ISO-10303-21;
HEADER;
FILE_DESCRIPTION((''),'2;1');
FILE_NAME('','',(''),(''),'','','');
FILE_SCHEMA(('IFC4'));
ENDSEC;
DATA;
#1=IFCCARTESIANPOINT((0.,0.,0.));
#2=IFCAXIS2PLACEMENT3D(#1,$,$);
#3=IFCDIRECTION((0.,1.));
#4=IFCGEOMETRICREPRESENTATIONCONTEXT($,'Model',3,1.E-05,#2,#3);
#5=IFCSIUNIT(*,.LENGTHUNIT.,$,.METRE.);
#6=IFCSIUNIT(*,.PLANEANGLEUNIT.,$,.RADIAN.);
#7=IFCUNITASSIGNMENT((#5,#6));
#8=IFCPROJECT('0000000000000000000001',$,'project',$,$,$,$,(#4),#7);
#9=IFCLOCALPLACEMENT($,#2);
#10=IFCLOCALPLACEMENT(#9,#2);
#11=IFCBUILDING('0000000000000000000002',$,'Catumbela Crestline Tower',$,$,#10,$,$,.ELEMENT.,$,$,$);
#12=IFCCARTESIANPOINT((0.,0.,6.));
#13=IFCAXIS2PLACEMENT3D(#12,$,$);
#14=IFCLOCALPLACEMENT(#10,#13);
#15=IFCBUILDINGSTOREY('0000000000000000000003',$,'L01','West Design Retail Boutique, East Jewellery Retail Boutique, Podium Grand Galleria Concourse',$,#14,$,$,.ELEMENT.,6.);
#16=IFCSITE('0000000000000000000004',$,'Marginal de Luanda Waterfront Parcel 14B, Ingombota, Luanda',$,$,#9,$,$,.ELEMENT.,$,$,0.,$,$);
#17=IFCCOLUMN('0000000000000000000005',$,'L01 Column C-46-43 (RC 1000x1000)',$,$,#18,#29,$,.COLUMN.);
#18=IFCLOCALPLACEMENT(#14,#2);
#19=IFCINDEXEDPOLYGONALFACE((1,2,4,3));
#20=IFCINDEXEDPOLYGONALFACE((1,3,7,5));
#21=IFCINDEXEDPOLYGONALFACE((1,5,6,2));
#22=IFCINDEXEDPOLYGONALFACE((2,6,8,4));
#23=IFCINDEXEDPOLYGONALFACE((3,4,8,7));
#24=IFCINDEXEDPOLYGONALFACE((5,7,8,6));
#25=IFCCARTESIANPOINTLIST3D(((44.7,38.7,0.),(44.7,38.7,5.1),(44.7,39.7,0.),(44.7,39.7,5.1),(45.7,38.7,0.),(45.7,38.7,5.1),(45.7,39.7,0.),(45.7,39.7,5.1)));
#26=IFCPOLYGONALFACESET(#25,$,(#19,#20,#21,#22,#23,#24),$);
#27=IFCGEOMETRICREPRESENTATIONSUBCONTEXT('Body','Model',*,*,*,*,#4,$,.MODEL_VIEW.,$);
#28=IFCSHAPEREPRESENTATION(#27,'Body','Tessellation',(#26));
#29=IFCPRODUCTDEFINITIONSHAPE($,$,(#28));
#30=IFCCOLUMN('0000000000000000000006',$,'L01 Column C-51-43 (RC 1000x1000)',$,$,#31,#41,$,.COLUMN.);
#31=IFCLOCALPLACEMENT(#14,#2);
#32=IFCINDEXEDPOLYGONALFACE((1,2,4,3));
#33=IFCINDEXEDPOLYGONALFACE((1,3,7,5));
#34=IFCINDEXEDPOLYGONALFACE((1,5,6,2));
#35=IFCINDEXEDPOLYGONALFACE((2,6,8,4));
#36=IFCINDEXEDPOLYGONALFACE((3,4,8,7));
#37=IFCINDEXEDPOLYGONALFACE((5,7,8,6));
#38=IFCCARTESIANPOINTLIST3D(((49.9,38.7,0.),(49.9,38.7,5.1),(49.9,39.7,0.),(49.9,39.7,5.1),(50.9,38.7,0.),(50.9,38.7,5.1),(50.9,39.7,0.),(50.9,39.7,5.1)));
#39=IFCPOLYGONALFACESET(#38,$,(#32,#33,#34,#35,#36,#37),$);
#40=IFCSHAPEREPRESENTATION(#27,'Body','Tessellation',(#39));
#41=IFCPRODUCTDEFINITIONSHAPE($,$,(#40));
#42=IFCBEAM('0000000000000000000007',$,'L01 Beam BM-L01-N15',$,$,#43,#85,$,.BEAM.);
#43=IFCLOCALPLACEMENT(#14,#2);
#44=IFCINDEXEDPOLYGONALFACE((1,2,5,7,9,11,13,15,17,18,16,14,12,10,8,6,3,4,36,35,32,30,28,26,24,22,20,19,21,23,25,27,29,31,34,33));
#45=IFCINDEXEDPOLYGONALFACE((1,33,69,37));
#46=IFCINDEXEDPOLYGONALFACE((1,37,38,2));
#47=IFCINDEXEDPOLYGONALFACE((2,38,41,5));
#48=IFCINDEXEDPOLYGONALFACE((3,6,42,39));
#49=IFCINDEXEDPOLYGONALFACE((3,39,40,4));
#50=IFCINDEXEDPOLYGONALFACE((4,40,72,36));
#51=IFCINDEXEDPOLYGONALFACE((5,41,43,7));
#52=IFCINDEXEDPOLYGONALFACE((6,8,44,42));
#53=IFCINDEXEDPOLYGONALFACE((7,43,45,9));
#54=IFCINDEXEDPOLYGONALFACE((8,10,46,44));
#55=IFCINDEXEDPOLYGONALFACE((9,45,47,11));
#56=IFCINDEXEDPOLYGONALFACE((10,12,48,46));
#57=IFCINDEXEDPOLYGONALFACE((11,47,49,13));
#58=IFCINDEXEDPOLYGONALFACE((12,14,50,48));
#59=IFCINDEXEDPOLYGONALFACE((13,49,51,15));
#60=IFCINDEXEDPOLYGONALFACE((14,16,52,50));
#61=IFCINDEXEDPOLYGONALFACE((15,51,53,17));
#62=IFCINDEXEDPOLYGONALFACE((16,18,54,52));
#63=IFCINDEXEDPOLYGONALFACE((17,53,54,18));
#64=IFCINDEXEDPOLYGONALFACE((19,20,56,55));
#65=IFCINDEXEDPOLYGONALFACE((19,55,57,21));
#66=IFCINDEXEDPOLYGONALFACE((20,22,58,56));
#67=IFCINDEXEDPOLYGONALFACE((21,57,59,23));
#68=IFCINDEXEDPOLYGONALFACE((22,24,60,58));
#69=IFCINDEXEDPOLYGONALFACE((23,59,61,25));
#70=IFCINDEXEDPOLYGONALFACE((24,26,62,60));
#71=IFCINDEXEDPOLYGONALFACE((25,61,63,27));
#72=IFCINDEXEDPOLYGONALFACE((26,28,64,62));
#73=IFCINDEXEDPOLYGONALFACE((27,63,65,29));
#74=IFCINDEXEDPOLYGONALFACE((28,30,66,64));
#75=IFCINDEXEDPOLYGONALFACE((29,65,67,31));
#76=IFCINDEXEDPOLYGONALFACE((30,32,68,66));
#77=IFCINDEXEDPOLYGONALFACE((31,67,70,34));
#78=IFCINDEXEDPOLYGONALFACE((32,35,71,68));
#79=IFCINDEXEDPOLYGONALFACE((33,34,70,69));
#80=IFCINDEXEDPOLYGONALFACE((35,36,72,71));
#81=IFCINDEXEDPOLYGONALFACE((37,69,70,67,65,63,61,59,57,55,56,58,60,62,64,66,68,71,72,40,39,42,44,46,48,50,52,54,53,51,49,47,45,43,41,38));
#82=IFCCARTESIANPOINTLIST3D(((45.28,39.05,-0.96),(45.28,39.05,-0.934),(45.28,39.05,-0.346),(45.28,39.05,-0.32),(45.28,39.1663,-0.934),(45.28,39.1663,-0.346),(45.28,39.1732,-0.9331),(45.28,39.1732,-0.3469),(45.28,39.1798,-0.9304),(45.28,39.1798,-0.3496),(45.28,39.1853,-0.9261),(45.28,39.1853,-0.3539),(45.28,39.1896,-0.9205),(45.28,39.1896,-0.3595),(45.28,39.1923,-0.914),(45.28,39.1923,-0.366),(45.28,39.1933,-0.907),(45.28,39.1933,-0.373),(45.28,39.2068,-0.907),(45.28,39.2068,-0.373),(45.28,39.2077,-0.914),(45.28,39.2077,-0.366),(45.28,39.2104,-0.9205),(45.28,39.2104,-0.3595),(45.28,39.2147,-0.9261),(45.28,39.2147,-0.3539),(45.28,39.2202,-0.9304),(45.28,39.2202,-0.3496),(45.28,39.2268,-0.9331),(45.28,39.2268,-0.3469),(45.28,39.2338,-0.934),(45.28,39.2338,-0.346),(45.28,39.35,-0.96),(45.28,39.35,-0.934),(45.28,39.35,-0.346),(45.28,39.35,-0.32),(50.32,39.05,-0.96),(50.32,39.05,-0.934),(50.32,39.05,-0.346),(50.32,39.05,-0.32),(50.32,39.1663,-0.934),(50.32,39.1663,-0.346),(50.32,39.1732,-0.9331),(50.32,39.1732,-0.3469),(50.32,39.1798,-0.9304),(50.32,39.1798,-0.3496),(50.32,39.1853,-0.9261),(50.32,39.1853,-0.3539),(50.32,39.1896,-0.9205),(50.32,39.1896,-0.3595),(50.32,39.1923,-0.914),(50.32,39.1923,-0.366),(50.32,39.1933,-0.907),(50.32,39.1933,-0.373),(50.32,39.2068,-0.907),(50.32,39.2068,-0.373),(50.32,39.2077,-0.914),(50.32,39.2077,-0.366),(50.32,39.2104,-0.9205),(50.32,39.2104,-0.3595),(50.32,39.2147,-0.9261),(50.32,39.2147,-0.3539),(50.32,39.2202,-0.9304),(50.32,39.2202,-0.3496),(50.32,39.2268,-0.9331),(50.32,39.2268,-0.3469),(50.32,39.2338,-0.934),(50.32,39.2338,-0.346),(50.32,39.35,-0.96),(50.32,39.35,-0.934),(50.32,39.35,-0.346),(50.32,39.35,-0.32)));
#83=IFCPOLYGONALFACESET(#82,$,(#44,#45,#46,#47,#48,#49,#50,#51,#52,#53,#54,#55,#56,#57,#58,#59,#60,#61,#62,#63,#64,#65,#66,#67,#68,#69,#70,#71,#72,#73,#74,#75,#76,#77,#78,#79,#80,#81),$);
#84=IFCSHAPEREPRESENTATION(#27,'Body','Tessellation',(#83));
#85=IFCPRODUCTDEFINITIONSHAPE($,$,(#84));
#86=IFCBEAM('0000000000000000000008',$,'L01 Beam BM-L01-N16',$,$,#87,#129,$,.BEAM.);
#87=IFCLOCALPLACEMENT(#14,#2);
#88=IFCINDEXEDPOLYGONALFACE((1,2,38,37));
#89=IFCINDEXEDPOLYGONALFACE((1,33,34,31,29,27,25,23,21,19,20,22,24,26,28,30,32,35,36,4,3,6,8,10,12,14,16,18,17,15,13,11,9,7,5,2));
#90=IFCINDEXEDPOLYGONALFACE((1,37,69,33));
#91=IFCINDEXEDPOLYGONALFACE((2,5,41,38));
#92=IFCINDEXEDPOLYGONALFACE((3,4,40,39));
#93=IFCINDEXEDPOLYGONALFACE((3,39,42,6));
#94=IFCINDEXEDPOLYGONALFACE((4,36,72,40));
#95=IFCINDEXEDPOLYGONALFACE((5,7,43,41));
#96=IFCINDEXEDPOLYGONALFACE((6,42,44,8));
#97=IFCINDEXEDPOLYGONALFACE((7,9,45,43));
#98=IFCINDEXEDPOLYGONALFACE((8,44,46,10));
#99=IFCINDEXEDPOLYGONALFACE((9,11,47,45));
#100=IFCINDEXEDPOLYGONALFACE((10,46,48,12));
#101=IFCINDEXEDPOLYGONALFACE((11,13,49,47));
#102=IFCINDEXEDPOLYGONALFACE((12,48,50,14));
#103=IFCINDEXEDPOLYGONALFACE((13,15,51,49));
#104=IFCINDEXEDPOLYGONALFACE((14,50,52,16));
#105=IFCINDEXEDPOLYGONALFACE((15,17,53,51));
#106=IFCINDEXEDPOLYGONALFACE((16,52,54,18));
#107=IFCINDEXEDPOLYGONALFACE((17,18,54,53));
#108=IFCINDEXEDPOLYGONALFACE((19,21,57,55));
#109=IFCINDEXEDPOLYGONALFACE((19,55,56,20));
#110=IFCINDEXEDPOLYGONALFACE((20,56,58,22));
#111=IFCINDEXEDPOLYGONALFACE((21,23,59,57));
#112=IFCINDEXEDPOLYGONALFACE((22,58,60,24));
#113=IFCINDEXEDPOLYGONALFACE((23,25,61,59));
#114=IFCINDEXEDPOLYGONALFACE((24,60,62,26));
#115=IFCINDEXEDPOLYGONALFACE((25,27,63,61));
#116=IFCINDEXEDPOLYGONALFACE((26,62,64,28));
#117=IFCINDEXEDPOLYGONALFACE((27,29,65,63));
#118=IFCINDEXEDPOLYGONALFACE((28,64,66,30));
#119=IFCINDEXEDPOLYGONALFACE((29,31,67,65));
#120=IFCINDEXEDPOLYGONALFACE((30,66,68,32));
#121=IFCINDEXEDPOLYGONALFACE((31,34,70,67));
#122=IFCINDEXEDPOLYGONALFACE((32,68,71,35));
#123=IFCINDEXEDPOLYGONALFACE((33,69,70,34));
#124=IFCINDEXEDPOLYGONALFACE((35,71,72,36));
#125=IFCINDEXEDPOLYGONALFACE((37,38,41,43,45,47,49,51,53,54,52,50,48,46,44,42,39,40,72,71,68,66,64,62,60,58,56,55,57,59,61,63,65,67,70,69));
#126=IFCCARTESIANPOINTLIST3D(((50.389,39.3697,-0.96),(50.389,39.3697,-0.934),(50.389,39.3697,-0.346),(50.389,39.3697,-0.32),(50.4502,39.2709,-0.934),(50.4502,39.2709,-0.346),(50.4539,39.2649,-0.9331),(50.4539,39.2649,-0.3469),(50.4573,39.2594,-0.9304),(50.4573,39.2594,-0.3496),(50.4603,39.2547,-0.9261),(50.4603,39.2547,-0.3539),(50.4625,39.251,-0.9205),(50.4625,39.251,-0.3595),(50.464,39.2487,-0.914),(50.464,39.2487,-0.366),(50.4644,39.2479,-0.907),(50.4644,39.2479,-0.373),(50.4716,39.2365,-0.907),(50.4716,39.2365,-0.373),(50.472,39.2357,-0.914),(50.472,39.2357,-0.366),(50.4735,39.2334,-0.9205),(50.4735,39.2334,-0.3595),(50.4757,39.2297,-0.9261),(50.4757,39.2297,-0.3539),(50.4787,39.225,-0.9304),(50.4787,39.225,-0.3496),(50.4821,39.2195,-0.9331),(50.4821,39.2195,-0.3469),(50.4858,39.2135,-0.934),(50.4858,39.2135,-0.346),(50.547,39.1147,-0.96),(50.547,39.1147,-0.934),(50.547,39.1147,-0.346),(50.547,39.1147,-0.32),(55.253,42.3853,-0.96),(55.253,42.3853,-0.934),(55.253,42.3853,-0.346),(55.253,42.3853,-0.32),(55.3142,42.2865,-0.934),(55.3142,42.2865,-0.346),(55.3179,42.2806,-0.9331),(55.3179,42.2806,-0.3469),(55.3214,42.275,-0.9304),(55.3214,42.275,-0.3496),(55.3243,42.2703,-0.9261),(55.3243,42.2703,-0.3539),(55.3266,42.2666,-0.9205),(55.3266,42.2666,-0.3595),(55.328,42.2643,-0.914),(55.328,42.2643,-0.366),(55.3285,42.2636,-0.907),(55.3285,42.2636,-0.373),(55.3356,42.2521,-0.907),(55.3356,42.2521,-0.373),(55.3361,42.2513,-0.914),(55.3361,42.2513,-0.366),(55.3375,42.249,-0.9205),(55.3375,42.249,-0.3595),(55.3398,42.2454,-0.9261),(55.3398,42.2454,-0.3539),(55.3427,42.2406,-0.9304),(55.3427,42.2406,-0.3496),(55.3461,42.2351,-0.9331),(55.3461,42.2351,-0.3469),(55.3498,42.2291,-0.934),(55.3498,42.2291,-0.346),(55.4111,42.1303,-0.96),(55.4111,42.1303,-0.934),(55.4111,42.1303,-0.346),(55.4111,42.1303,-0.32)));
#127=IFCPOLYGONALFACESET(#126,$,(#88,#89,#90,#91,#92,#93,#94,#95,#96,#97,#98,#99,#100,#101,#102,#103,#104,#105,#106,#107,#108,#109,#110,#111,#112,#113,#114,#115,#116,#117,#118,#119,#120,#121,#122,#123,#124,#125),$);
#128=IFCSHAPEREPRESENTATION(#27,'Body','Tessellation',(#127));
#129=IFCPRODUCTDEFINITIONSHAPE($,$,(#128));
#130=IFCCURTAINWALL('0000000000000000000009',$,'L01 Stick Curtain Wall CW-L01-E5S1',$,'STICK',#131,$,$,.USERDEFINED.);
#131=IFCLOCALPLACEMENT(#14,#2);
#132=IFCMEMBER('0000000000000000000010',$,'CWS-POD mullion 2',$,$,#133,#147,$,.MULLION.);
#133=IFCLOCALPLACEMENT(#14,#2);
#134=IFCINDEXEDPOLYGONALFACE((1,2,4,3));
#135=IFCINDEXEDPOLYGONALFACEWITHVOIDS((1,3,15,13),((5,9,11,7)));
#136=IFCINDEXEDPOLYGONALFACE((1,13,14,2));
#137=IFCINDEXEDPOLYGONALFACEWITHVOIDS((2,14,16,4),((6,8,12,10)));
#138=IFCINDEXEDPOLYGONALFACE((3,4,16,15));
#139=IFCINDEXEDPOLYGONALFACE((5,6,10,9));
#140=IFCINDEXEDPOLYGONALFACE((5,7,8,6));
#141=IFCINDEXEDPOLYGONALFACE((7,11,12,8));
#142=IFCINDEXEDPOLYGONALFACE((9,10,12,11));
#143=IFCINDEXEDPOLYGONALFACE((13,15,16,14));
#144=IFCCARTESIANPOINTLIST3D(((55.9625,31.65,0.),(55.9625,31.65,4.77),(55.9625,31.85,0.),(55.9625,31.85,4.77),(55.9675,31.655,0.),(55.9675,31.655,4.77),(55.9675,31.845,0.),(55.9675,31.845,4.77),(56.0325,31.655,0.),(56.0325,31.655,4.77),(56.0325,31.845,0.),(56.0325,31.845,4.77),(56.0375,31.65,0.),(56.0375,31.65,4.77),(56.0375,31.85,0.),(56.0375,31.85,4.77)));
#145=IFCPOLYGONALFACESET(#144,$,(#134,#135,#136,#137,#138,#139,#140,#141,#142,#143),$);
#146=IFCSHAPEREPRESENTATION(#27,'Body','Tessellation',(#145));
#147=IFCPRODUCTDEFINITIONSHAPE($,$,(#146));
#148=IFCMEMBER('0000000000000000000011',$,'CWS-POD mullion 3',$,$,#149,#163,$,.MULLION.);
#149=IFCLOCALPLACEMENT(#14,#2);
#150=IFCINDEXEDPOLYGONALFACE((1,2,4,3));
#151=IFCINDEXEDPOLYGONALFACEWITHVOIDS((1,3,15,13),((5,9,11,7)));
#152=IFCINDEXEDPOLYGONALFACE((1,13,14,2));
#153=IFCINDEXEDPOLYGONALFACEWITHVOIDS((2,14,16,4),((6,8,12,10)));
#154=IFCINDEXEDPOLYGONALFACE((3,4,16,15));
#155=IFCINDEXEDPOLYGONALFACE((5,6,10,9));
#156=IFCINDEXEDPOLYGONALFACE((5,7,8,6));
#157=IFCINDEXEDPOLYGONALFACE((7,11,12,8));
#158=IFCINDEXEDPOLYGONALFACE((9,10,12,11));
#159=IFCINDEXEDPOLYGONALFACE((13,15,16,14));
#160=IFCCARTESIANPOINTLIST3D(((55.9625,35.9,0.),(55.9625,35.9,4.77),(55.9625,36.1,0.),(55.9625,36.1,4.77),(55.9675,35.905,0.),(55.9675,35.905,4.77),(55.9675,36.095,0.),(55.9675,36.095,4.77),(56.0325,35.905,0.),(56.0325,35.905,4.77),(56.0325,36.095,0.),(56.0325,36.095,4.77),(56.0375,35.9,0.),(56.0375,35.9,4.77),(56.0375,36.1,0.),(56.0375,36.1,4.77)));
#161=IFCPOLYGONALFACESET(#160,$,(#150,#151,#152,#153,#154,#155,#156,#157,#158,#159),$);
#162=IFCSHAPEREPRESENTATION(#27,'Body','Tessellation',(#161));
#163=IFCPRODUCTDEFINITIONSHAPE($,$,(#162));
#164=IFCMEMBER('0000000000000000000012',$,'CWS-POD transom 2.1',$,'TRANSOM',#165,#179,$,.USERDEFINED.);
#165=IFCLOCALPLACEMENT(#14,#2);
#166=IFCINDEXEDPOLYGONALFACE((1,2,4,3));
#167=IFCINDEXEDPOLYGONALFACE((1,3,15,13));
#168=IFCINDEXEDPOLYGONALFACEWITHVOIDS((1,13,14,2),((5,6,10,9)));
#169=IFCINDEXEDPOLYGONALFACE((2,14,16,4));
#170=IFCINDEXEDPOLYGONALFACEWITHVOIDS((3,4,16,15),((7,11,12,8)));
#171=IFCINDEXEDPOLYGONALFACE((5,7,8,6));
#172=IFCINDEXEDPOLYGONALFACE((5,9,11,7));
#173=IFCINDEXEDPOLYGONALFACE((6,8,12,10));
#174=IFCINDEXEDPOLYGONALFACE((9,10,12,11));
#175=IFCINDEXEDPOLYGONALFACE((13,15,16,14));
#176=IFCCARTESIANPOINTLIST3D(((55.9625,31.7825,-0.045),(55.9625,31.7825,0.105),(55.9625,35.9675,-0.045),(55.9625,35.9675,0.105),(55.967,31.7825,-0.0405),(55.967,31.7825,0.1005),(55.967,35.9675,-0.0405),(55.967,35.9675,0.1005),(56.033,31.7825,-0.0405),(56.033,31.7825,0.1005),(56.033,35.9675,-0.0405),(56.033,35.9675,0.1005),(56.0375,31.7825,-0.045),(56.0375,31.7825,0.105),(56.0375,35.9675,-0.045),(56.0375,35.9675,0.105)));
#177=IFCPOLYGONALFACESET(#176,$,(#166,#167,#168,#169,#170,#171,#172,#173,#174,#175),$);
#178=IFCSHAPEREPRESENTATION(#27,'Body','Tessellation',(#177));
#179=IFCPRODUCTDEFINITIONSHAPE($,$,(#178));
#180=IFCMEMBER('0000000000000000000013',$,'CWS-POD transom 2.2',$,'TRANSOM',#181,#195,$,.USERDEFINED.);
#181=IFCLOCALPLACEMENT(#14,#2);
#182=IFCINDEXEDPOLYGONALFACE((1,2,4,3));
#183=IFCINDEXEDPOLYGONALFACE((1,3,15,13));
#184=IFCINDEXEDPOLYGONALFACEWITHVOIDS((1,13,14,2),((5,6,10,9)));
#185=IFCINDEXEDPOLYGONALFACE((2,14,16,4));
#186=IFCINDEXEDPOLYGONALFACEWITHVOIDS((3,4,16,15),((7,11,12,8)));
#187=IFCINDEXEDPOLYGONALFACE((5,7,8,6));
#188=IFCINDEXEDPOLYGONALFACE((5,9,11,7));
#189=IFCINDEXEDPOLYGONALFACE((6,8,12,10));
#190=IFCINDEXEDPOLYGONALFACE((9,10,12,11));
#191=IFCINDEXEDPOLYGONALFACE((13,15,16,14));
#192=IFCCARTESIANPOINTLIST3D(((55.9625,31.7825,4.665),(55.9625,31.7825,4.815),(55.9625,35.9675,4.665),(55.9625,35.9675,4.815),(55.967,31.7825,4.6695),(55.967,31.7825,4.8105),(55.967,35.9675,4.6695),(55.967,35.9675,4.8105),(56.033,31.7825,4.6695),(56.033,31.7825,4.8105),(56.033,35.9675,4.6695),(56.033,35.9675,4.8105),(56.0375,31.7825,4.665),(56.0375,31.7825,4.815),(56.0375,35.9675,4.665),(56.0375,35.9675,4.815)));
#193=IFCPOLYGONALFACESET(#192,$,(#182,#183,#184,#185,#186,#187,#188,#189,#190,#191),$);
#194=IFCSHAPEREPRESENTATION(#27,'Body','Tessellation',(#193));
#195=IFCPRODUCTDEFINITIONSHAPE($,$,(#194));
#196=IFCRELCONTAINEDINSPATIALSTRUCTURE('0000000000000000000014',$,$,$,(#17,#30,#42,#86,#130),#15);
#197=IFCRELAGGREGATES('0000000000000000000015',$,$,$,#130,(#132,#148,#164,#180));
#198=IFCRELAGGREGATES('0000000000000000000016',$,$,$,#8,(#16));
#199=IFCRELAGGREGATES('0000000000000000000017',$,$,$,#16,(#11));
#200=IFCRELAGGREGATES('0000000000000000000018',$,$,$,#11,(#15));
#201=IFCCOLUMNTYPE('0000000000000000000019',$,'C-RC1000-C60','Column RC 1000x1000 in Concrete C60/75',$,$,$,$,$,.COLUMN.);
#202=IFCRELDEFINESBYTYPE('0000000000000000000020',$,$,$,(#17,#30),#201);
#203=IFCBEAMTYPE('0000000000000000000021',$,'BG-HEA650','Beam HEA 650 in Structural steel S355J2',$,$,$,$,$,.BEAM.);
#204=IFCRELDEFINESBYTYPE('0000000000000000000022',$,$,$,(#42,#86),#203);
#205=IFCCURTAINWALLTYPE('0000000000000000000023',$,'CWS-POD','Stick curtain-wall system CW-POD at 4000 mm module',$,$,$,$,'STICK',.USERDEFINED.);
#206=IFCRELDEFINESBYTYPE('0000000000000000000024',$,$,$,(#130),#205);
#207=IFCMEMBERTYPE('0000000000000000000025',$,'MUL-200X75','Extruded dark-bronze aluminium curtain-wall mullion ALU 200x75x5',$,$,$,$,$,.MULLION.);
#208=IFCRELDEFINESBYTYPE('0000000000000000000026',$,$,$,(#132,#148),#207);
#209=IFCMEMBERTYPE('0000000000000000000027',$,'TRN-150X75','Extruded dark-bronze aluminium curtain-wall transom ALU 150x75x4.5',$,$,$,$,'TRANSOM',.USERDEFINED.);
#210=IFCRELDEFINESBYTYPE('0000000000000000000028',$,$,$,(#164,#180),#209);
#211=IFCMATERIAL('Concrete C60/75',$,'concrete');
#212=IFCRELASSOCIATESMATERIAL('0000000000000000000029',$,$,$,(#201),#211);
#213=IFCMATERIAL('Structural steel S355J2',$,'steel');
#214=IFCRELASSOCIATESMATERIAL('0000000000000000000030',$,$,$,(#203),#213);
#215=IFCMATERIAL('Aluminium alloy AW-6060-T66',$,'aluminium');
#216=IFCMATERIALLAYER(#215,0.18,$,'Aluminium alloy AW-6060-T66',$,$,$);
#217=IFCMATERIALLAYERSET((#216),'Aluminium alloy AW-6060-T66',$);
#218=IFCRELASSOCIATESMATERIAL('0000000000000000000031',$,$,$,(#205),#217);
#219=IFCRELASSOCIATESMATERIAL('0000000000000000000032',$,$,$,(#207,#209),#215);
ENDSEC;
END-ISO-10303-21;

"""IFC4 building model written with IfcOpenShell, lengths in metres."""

from ifc_helpers import new_model, si_unit, direction, frame, origin, origin_2d, place, context, subcontext, project, spatial, rectangle, hollow_rectangle, i_section, extrude, material, layer, layer_set, material_profile, profile_set, type_object, element, aggregate, save


model = new_model("IFC4")

# Units and contexts
model_context = context("Model", 3, precision=1e-05, world=origin(), true_north=direction((0.0, 1.0)))
body_context = subcontext(model_context, "Body", "Model", "MODEL_VIEW")
ifc_project = project(units=[si_unit("LENGTHUNIT", "METRE"), si_unit("PLANEANGLEUNIT", "RADIAN")], contexts=[model_context])

# Site, building, storey
site_placement = place(None, origin())
site = spatial("IfcSite", under=ifc_project, at=site_placement, Name="Marginal de Luanda Waterfront Parcel 14B, Ingombota, Luanda", CompositionType="ELEMENT", RefElevation=0.0)
building_placement = place(site_placement, origin())
building = spatial("IfcBuilding", under=site, at=building_placement, Name="Catumbela Crestline Tower", CompositionType="ELEMENT")
storey_placement = place(building_placement, frame((0.0, 0.0, 6.0)))
storey = spatial("IfcBuildingStorey", under=building, at=storey_placement, Name="L01", Description="West Design Retail Boutique, East Jewellery Retail Boutique, Podium Grand Galleria Concourse", CompositionType="ELEMENT", Elevation=6.0)

# Columns
ifc_material_1 = material(Name="Concrete C60/75", Category="concrete")
ifc_material_profile_1 = material_profile(ifc_material_1, rectangle(XDim=1.0, YDim=1.0, at=origin_2d()), Name="RC 1000x1000")
ifc_profile_set_1 = profile_set([ifc_material_profile_1], Name="Concrete C60/75")
column_type = type_object("IfcColumnType", Name="C-RC1000-C60", Description="Column RC 1000x1000 in Concrete C60/75", PredefinedType="COLUMN", material=ifc_profile_set_1)
for number, where, z_axis, x_axis, name in (
    (1, (45.2, 39.2, 0.0), (0.0, 0.0, 1.0), (1.0, 0.0, 0.0), "L01 Column C-46-43 (RC 1000x1000)"),
    (2, (50.4, 39.2, 0.0), (0.0, 0.0, 1.0), (1.0, 0.0, 0.0), "L01 Column C-51-43 (RC 1000x1000)"),
):
    element("IfcColumn", number, at=place(storey_placement, frame(where, z_axis=z_axis, x_axis=x_axis)), inside=storey, type_object=column_type, Name=name, PredefinedType="COLUMN", context=body_context, shape_type="SweptSolid", body=[
        extrude(rectangle(XDim=1.0, YDim=1.0, at=origin_2d()), origin(), (0.0, 0.0, 1.0), 5.1),
    ])

# Beams
ifc_material_2 = material(Name="Structural steel S355J2", Category="steel")
ifc_material_profile_2 = material_profile(ifc_material_2, i_section(OverallWidth=0.3, OverallDepth=0.64, WebThickness=0.0135, FlangeThickness=0.026, FilletRadius=0.027, at=origin_2d()), Name="HEA 650")
ifc_profile_set_2 = profile_set([ifc_material_profile_2], Name="Structural steel S355J2")
beam_type = type_object("IfcBeamType", Name="BG-HEA650", Description="Beam HEA 650 in Structural steel S355J2", PredefinedType="BEAM", material=ifc_profile_set_2)
beam_1_placement = place(storey_placement, frame((45.28, 39.2, -0.64), z_axis=(1.0, 0.0, 0.0), x_axis=(0.0, 1.0, 0.0)))
element("IfcBeam", 3, at=beam_1_placement, inside=storey, type_object=beam_type, Name="L01 Beam BM-L01-N15", PredefinedType="BEAM", context=body_context, shape_type="SweptSolid", body=[
    extrude(i_section(OverallWidth=0.3, OverallDepth=0.64, WebThickness=0.0135, FlangeThickness=0.026, FilletRadius=0.027, at=origin_2d()), origin(), (0.0, 0.0, 1.0), 5.04),
])
beam_2_placement = place(storey_placement, frame((50.468, 39.2422, -0.64), z_axis=(0.849909, 0.52693, 0.0), x_axis=(-0.52693, 0.849909, 0.0)))
element("IfcBeam", 4, at=beam_2_placement, inside=storey, type_object=beam_type, Name="L01 Beam BM-L01-N16", PredefinedType="BEAM", context=body_context, shape_type="SweptSolid", body=[
    extrude(i_section(OverallWidth=0.3, OverallDepth=0.64, WebThickness=0.0135, FlangeThickness=0.026, FilletRadius=0.027, at=origin_2d()), origin(), (0.0, 0.0, 1.0), 5.723),
])

# Curtain wall, members
ifc_material_3 = material(Name="Aluminium alloy AW-6060-T66", Category="aluminium")
ifc_layer_1 = layer(ifc_material_3, 0.18, Name="Aluminium alloy AW-6060-T66")
ifc_layer_set_1 = layer_set([ifc_layer_1], Name="Aluminium alloy AW-6060-T66")
curtain_wall_type = type_object("IfcCurtainWallType", Name="CWS-POD", Description="Stick curtain-wall system CW-POD at 4000 mm module", ElementType="STICK", PredefinedType="USERDEFINED", material=ifc_layer_set_1)
curtain_wall_placement = place(storey_placement, origin())
curtain_wall = element("IfcCurtainWall", 5, at=curtain_wall_placement, inside=storey, type_object=curtain_wall_type, Name="L01 Stick Curtain Wall CW-L01-E5S1", ObjectType="STICK", PredefinedType="USERDEFINED")
ifc_material_profile_3 = material_profile(ifc_material_3, hollow_rectangle(XDim=0.075, YDim=0.2, WallThickness=0.005, at=origin_2d()), Name="ALU 200x75x5")
ifc_profile_set_3 = profile_set([ifc_material_profile_3], Name="Aluminium alloy AW-6060-T66")
member_type_1 = type_object("IfcMemberType", Name="MUL-200X75", Description="Extruded dark-bronze aluminium curtain-wall mullion ALU 200x75x5", PredefinedType="MULLION", material=ifc_profile_set_3)
member_1_placement = place(storey_placement, frame((56.0, 31.75, 0.0), z_axis=(0.0, 0.0, 1.0), x_axis=(-1.0, 0.0, 0.0)))
member_1 = element("IfcMember", 6, at=member_1_placement, type_object=member_type_1, Name="CWS-POD mullion 2", PredefinedType="MULLION", context=body_context, shape_type="SweptSolid", body=[
    extrude(hollow_rectangle(XDim=0.075, YDim=0.2, WallThickness=0.005, at=origin_2d()), origin(), (0.0, 0.0, 1.0), 4.77),
])
member_2_placement = place(storey_placement, frame((56.0, 36.0, 0.0), z_axis=(0.0, 0.0, 1.0), x_axis=(-1.0, 0.0, 0.0)))
member_2 = element("IfcMember", 7, at=member_2_placement, type_object=member_type_1, Name="CWS-POD mullion 3", PredefinedType="MULLION", context=body_context, shape_type="SweptSolid", body=[
    extrude(hollow_rectangle(XDim=0.075, YDim=0.2, WallThickness=0.005, at=origin_2d()), origin(), (0.0, 0.0, 1.0), 4.77),
])
ifc_material_profile_4 = material_profile(ifc_material_3, hollow_rectangle(XDim=0.075, YDim=0.15, WallThickness=0.0045, at=origin_2d()), Name="ALU 150x75x4.5")
ifc_profile_set_4 = profile_set([ifc_material_profile_4], Name="Aluminium alloy AW-6060-T66")
member_type_2 = type_object("IfcMemberType", Name="TRN-150X75", Description="Extruded dark-bronze aluminium curtain-wall transom ALU 150x75x4.5", ElementType="TRANSOM", PredefinedType="USERDEFINED", material=ifc_profile_set_4)
member_3_placement = place(storey_placement, frame((56.0, 31.7825, 0.03), z_axis=(0.0, 1.0, 0.0), x_axis=(-1.0, 0.0, 0.0)))
member_3 = element("IfcMember", 8, at=member_3_placement, type_object=member_type_2, Name="CWS-POD transom 2.1", ObjectType="TRANSOM", PredefinedType="USERDEFINED", context=body_context, shape_type="SweptSolid", body=[
    extrude(hollow_rectangle(XDim=0.075, YDim=0.15, WallThickness=0.0045, at=origin_2d()), origin(), (0.0, 0.0, 1.0), 4.185),
])
member_4_placement = place(storey_placement, frame((56.0, 31.7825, 4.74), z_axis=(0.0, 1.0, 0.0), x_axis=(-1.0, 0.0, 0.0)))
member_4 = element("IfcMember", 9, at=member_4_placement, type_object=member_type_2, Name="CWS-POD transom 2.2", ObjectType="TRANSOM", PredefinedType="USERDEFINED", context=body_context, shape_type="SweptSolid", body=[
    extrude(hollow_rectangle(XDim=0.075, YDim=0.15, WallThickness=0.0045, at=origin_2d()), origin(), (0.0, 0.0, 1.0), 4.185),
])
aggregate(curtain_wall, [member_1, member_2, member_3, member_4])

save(model, "model.ifc")
